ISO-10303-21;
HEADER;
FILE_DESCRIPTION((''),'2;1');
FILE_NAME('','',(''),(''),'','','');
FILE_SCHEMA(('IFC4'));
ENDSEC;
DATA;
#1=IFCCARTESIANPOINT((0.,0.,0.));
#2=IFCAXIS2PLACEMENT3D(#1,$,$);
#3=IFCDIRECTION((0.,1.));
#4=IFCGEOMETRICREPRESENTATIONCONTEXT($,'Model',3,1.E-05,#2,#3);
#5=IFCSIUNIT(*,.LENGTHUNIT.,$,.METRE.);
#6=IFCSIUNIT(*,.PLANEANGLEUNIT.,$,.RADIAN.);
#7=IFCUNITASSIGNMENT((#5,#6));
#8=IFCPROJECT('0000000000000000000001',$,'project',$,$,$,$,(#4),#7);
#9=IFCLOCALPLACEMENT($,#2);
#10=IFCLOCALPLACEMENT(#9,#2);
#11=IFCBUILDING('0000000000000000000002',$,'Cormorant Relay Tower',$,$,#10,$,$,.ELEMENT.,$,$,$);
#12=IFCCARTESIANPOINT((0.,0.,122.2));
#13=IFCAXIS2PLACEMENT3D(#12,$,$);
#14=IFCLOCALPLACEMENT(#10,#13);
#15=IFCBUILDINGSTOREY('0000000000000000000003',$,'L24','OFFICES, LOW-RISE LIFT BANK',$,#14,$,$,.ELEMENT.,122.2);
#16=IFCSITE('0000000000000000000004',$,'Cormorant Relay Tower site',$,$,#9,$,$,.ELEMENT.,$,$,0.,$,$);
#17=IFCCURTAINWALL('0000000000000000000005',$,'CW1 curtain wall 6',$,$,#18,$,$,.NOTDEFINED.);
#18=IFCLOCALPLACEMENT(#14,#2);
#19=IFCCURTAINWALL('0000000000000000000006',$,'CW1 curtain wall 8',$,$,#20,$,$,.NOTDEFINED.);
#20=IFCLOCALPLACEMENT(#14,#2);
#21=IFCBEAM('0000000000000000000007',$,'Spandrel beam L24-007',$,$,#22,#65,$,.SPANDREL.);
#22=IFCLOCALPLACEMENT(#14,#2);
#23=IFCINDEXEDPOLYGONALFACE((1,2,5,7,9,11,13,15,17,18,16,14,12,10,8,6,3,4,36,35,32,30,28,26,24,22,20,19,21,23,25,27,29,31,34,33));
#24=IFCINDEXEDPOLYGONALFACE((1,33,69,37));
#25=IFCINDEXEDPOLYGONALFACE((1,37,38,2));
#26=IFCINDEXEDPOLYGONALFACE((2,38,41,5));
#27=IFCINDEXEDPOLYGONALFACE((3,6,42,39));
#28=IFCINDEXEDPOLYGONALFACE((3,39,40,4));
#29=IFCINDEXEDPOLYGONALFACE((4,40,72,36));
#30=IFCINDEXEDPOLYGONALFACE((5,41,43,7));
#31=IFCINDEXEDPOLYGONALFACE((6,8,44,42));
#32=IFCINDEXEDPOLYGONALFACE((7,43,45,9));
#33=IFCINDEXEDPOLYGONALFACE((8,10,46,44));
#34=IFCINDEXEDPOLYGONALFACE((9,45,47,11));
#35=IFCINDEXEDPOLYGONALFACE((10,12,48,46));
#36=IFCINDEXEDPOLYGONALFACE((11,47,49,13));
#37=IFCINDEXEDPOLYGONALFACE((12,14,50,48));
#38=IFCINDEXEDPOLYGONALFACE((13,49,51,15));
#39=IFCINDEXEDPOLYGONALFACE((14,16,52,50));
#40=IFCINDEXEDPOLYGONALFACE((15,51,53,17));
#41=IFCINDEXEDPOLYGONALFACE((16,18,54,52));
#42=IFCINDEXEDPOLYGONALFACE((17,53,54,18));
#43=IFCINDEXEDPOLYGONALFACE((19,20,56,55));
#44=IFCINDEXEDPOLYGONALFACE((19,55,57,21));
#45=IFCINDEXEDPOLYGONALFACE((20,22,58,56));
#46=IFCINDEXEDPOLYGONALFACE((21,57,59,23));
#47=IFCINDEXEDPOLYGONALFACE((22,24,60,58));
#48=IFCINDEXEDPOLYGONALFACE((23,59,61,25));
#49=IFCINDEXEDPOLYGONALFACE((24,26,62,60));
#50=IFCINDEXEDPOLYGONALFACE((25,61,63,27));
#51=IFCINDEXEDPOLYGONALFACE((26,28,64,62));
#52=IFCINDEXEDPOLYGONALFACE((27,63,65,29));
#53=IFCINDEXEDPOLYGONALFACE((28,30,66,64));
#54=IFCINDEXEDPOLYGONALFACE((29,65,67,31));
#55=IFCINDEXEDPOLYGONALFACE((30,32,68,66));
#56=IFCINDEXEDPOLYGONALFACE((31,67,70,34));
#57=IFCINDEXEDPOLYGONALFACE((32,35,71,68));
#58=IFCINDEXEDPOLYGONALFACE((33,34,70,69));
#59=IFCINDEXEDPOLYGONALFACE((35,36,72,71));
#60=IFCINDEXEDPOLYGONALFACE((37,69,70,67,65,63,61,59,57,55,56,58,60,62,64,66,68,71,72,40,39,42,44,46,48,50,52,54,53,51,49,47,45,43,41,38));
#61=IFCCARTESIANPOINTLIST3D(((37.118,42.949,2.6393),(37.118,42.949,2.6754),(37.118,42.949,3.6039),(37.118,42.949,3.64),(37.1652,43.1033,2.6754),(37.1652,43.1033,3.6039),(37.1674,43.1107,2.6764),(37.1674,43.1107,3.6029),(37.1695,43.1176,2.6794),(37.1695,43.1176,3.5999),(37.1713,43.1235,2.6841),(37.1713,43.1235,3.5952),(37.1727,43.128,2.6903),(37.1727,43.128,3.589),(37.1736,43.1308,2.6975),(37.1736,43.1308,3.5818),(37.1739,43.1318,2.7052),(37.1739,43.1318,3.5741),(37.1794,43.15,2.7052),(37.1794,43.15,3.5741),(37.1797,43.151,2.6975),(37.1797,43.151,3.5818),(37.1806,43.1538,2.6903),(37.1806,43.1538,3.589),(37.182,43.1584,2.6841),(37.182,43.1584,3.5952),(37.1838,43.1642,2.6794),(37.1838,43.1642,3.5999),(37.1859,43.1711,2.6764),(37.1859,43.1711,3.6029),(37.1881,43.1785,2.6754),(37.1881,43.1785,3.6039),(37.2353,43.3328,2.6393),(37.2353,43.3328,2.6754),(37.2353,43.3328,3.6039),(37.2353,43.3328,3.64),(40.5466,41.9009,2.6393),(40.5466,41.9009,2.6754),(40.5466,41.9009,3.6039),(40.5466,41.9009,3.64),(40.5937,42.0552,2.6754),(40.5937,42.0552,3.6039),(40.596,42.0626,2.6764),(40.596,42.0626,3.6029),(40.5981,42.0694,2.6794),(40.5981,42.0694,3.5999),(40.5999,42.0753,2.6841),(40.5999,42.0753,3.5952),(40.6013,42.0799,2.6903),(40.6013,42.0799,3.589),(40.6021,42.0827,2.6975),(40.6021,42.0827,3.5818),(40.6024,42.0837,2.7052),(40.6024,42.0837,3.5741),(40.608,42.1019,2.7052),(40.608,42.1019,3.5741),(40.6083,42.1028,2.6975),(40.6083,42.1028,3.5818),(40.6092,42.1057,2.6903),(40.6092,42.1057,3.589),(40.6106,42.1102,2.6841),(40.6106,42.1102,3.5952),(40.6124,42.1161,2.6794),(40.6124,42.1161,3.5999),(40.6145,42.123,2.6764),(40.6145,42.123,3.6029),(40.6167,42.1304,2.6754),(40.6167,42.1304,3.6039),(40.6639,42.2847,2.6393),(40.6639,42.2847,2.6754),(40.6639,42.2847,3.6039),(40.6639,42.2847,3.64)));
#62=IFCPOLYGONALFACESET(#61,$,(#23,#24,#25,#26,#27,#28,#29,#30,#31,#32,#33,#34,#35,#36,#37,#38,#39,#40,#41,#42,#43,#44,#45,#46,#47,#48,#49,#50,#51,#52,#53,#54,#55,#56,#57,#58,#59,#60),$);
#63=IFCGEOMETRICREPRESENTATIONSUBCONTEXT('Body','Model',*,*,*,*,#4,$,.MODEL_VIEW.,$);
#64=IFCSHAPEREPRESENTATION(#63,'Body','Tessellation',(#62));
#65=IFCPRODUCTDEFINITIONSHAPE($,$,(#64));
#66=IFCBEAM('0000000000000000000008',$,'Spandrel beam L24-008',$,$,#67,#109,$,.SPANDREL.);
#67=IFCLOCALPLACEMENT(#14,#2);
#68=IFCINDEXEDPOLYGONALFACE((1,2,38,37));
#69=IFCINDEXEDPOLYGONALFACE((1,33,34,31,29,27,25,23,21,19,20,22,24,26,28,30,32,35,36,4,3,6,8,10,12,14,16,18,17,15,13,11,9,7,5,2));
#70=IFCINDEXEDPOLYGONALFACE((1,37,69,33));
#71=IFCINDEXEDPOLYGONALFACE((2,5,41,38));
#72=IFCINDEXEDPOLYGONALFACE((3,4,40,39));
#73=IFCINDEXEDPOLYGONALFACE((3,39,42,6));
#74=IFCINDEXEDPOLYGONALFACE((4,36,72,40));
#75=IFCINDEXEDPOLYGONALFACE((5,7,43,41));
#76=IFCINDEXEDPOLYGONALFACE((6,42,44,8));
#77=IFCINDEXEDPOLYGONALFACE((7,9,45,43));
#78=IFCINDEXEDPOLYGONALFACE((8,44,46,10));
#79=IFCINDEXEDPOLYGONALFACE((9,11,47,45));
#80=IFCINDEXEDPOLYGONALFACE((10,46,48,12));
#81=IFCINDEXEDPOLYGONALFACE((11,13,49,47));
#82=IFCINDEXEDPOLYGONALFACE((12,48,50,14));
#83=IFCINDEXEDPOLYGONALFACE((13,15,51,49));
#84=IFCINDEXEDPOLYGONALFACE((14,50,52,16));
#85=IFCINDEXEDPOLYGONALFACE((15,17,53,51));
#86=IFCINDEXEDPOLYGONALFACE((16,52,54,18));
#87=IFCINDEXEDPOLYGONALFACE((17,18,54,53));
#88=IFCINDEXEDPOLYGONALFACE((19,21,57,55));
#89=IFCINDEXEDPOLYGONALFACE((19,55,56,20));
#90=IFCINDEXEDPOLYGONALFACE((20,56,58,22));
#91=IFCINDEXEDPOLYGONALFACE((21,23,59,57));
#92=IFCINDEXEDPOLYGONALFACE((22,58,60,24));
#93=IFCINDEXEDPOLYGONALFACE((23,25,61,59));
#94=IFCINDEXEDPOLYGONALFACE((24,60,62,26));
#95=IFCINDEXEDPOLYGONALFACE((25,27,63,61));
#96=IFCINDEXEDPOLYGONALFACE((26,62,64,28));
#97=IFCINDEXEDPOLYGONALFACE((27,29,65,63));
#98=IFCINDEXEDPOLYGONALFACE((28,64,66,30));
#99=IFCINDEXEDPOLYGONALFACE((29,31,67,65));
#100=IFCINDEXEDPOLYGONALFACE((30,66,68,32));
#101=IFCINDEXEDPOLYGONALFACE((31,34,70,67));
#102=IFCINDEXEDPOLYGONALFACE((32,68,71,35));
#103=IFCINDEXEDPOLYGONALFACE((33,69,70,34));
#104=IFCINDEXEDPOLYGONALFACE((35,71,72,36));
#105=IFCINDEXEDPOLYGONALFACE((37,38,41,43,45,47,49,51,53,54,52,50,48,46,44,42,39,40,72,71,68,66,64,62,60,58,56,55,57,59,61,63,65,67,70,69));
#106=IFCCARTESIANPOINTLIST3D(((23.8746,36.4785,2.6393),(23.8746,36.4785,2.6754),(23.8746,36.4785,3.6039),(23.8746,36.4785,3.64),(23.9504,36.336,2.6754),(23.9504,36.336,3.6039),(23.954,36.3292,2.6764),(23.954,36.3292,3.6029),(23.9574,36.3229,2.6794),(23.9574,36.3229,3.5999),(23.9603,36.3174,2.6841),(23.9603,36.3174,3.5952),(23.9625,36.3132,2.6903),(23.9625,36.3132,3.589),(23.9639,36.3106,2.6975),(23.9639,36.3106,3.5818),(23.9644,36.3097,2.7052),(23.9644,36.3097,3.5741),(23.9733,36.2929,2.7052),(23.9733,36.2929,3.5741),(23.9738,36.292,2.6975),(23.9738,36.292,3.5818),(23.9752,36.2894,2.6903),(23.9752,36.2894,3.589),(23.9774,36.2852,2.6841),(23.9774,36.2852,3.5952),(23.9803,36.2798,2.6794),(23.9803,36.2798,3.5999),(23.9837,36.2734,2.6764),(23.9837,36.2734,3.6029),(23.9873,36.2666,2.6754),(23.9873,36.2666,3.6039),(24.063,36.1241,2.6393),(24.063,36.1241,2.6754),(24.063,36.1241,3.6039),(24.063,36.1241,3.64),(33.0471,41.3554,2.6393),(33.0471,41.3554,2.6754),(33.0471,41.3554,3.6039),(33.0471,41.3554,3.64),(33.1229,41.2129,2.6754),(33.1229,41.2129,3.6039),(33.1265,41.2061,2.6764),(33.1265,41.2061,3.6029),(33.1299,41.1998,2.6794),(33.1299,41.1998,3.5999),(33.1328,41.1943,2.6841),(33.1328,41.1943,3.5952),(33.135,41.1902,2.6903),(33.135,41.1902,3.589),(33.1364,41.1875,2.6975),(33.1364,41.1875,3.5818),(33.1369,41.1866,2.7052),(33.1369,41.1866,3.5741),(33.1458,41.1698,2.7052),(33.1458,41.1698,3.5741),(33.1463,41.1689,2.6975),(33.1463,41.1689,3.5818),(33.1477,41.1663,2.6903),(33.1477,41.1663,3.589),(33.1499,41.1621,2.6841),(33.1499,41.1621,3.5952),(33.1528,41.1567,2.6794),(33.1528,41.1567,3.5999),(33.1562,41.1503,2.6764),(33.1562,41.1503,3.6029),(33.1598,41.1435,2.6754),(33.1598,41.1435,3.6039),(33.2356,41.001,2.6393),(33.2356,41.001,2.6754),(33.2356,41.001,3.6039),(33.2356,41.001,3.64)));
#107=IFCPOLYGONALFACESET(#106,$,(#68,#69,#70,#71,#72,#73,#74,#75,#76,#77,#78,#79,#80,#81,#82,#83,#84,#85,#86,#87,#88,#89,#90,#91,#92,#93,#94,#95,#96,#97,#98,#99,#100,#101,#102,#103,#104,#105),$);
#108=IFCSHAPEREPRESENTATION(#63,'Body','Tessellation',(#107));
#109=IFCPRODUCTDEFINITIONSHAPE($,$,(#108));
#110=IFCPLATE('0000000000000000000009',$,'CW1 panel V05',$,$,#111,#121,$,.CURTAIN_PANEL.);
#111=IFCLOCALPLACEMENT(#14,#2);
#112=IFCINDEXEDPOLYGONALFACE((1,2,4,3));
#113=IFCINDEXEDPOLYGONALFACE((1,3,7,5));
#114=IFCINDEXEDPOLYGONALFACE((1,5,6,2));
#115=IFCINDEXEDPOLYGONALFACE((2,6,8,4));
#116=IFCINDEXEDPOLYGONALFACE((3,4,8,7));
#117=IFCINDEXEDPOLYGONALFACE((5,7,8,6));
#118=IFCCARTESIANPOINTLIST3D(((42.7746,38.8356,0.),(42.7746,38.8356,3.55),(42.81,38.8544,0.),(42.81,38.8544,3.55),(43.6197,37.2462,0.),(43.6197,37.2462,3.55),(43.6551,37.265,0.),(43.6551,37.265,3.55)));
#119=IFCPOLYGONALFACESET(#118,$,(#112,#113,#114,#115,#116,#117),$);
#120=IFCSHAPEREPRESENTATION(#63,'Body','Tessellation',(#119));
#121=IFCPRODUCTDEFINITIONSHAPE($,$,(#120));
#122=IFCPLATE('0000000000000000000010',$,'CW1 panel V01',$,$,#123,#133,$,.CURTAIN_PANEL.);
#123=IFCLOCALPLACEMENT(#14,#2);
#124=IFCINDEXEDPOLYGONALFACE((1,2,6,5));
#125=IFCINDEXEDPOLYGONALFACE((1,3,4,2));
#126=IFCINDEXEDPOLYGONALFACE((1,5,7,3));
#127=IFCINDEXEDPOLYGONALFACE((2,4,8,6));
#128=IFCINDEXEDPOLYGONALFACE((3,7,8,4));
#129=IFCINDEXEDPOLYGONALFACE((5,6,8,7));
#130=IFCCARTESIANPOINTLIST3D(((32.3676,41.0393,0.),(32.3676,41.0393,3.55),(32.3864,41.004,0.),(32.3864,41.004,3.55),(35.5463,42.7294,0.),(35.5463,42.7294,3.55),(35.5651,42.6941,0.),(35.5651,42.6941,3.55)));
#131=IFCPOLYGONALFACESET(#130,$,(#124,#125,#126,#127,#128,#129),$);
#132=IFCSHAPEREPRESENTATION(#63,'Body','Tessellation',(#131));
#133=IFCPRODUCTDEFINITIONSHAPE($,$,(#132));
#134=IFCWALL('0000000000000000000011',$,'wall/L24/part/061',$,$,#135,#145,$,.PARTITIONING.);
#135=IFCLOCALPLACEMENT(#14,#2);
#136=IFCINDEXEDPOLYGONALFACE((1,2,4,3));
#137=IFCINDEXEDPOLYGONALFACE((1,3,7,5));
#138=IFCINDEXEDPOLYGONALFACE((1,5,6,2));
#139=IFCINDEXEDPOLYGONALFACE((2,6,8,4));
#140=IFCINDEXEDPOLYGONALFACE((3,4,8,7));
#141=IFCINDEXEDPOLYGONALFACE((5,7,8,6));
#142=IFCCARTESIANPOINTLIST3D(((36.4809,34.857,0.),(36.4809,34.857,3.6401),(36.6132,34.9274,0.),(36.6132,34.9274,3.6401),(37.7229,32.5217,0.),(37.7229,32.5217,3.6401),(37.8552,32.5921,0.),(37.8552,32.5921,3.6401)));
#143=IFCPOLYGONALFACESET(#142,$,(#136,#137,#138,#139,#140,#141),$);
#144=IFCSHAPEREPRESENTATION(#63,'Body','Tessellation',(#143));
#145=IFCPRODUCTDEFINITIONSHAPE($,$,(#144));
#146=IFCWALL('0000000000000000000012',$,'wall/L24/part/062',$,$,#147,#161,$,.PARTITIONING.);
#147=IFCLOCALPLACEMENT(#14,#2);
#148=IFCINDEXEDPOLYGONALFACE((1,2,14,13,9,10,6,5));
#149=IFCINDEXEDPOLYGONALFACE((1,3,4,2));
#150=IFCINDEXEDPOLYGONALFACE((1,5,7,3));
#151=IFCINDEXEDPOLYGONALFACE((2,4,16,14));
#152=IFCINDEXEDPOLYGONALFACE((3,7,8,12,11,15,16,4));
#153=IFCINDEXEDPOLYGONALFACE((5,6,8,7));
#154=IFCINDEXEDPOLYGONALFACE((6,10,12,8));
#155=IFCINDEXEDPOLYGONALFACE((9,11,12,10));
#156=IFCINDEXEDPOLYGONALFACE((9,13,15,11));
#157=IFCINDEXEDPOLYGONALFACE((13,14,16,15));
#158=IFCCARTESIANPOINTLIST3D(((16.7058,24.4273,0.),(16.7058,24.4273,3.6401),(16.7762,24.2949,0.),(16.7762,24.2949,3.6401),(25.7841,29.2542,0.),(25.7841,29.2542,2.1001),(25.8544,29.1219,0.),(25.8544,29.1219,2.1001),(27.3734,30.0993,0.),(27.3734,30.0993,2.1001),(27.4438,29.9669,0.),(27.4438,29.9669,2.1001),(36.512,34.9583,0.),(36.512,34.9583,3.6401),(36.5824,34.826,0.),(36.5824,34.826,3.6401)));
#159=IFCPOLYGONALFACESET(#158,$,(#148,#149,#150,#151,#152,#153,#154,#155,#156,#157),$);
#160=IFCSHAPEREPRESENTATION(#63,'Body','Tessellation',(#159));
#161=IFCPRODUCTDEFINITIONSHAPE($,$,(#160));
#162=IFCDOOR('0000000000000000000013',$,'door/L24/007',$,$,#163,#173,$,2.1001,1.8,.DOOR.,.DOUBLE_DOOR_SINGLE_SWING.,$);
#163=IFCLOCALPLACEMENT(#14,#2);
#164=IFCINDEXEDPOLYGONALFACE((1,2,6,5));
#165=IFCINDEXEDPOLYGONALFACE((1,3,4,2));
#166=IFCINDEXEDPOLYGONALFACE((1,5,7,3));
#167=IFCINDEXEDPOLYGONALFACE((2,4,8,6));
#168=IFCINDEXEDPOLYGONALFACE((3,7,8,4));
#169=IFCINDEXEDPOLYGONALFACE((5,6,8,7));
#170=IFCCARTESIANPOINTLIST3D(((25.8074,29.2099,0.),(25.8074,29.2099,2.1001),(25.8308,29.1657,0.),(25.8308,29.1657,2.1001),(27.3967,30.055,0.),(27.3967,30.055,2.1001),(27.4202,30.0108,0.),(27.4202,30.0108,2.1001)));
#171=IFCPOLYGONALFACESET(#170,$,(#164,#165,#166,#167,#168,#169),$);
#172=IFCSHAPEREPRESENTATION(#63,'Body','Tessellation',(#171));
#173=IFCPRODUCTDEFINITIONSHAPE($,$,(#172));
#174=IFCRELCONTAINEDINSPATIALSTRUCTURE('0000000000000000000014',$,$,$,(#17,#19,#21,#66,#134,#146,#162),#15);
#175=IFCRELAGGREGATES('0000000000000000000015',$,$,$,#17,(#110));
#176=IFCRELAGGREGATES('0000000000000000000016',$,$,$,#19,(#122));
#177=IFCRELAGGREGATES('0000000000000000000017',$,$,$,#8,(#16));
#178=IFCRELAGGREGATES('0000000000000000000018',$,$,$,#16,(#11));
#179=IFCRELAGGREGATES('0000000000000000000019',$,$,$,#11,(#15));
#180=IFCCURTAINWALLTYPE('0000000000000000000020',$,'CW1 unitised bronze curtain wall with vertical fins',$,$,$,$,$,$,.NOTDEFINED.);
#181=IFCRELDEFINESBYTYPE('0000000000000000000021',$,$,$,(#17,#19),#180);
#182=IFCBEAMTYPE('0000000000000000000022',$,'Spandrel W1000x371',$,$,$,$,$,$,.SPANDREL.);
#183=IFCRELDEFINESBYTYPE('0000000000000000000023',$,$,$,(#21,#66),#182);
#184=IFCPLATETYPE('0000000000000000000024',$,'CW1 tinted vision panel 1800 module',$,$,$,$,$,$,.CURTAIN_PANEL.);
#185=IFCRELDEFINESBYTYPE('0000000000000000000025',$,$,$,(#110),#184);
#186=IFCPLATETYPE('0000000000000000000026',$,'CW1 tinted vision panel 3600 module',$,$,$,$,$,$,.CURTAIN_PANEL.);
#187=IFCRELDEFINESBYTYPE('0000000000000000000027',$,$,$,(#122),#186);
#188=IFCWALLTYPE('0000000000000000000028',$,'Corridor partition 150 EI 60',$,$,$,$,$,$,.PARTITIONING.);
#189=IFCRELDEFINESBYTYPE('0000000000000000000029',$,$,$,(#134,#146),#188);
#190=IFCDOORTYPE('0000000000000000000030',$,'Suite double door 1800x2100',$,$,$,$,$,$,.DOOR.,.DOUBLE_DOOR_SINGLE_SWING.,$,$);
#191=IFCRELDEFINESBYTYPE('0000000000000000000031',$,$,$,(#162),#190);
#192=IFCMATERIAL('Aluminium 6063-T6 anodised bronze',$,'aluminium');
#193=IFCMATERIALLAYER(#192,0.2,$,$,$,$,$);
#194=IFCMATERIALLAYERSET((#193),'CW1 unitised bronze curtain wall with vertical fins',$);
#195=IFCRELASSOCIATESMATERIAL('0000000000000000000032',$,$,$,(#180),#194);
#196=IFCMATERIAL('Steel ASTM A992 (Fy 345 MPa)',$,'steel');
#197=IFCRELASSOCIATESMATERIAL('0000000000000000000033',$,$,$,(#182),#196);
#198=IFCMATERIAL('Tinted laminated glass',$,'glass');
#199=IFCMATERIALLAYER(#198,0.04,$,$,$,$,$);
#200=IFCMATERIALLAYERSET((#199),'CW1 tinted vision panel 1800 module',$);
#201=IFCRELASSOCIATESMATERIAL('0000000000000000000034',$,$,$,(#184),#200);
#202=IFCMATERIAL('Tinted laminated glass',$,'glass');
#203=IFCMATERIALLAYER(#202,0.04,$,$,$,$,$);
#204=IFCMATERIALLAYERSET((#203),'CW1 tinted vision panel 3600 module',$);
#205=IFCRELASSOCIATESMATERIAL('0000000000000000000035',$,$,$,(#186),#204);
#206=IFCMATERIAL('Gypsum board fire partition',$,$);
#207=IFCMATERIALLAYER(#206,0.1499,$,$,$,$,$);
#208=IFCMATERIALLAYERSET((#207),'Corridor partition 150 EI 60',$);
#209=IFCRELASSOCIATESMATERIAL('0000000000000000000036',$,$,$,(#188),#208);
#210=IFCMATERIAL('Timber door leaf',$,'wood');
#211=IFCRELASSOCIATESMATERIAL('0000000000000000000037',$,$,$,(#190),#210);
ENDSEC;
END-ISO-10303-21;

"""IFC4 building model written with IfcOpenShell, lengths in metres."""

from ifc_helpers import new_model, si_unit, direction, frame, frame_2d, origin, origin_2d, place, context, subcontext, project, spatial, rectangle, i_section, extrude, material, layer, layer_set, material_profile, profile_set, type_object, element, fill, aggregate, save


model = new_model("IFC4")

# Units and contexts
model_context = context("Model", 3, precision=1e-05, world=origin(), true_north=direction((0.0, 1.0)))
body_context = subcontext(model_context, "Body", "Model", "MODEL_VIEW")
ifc_project = project(units=[si_unit("LENGTHUNIT", "METRE"), si_unit("PLANEANGLEUNIT", "RADIAN")], contexts=[model_context])

# Site, building, storey
site_placement = place(None, origin())
site = spatial("IfcSite", under=ifc_project, at=site_placement, Name="Cormorant Relay Tower site", CompositionType="ELEMENT", RefElevation=0.0)
building_placement = place(site_placement, origin())
building = spatial("IfcBuilding", under=site, at=building_placement, Name="Cormorant Relay Tower", CompositionType="ELEMENT")
storey_placement = place(building_placement, frame((0.0, 0.0, 122.2)))
storey = spatial("IfcBuildingStorey", under=building, at=storey_placement, Name="L24", Description="OFFICES, LOW-RISE LIFT BANK", CompositionType="ELEMENT", Elevation=122.2)

# Curtain wall
ifc_material_1 = material(Name="Aluminium 6063-T6 anodised bronze", Category="aluminium")
ifc_layer_1 = layer(ifc_material_1, 0.2)
ifc_layer_set_1 = layer_set([ifc_layer_1], Name="CW1 unitised bronze curtain wall with vertical fins")
curtain_wall_type = type_object("IfcCurtainWallType", Name="CW1 unitised bronze curtain wall with vertical fins", PredefinedType="NOTDEFINED", material=ifc_layer_set_1)
curtain_wall_1_placement = place(storey_placement, origin())
curtain_wall_1 = element("IfcCurtainWall", 1, at=curtain_wall_1_placement, inside=storey, type_object=curtain_wall_type, Name="CW1 curtain wall 6", PredefinedType="NOTDEFINED")

# Curtain wall
curtain_wall_2_placement = place(storey_placement, origin())
curtain_wall_2 = element("IfcCurtainWall", 2, at=curtain_wall_2_placement, inside=storey, type_object=curtain_wall_type, Name="CW1 curtain wall 8", PredefinedType="NOTDEFINED")

# Beams
ifc_material_2 = material(Name="Steel ASTM A992 (Fy 345 MPa)", Category="steel")
ifc_material_profile_1 = material_profile(ifc_material_2, i_section(OverallWidth=0.4014, OverallDepth=1.0007, WebThickness=0.019, FlangeThickness=0.0361, FilletRadius=0.0298, at=origin_2d()), Name="W1000x371")
ifc_profile_set_1 = profile_set([ifc_material_profile_1], Name="Steel ASTM A992 (Fy 345 MPa)")
beam_type = type_object("IfcBeamType", Name="Spandrel W1000x371", PredefinedType="SPANDREL", material=ifc_profile_set_1)
beam_1_placement = place(storey_placement, frame((40.6052, 42.0928, 3.1396), z_axis=(-0.956312, 0.292348, 0.0), x_axis=(-0.292348, -0.956312, 0.0)))
element("IfcBeam", 3, at=beam_1_placement, inside=storey, type_object=beam_type, Name="Spandrel beam L24-007", PredefinedType="SPANDREL", context=body_context, shape_type="SweptSolid", body=[
    extrude(i_section(OverallWidth=0.4014, OverallDepth=1.0007, WebThickness=0.019, FlangeThickness=0.0361, FilletRadius=0.0298, at=origin_2d()), origin(), (0.0, 0.0, 1.0), 3.5852),
])
beam_2_placement = place(storey_placement, frame((33.1414, 41.1782, 3.1396), z_axis=(-0.882956, -0.469456, 0.0), x_axis=(0.469456, -0.882956, 0.0)))
element("IfcBeam", 4, at=beam_2_placement, inside=storey, type_object=beam_type, Name="Spandrel beam L24-008", PredefinedType="SPANDREL", context=body_context, shape_type="SweptSolid", body=[
    extrude(i_section(OverallWidth=0.4014, OverallDepth=1.0007, WebThickness=0.019, FlangeThickness=0.0361, FilletRadius=0.0298, at=origin_2d()), origin(), (0.0, 0.0, 1.0), 10.3884),
])

# Plates
ifc_material_3 = material(Name="Tinted laminated glass", Category="glass")
ifc_layer_2 = layer(ifc_material_3, 0.04)
ifc_layer_set_2 = layer_set([ifc_layer_2], Name="CW1 tinted vision panel 1800 module")
plate_type_1 = type_object("IfcPlateType", Name="CW1 tinted vision panel 1800 module", PredefinedType="CURTAIN_PANEL", material=ifc_layer_set_2)
plate_1_placement = place(storey_placement, frame((43.2148, 38.0503, 0.0), z_axis=(0.0, 0.0, 1.0), x_axis=(-0.469472, 0.882948, 0.0)))
plate_1 = element("IfcPlate", 5, at=plate_1_placement, type_object=plate_type_1, Name="CW1 panel V05", PredefinedType="CURTAIN_PANEL", context=body_context, shape_type="SweptSolid", body=[
    extrude(rectangle(XDim=1.8, YDim=0.04, at=origin_2d()), origin(), (0.0, 0.0, 1.0), 3.55),
])
ifc_material_4 = material(Name="Tinted laminated glass", Category="glass")
ifc_layer_3 = layer(ifc_material_4, 0.04)
ifc_layer_set_3 = layer_set([ifc_layer_3], Name="CW1 tinted vision panel 3600 module")
plate_type_2 = type_object("IfcPlateType", Name="CW1 tinted vision panel 3600 module", PredefinedType="CURTAIN_PANEL", material=ifc_layer_set_3)
plate_2_placement = place(storey_placement, frame((33.9663, 41.8667, 0.0), z_axis=(0.0, 0.0, 1.0), x_axis=(-0.882948, -0.469472, 0.0)))
plate_2 = element("IfcPlate", 6, at=plate_2_placement, type_object=plate_type_2, Name="CW1 panel V01", PredefinedType="CURTAIN_PANEL", context=body_context, shape_type="SweptSolid", body=[
    extrude(rectangle(XDim=3.6001, YDim=0.04, at=origin_2d()), origin(), (0.0, 0.0, 1.0), 3.55),
])

# Wall
ifc_material_5 = material(Name="Gypsum board fire partition")
ifc_layer_4 = layer(ifc_material_5, 0.1499)
ifc_layer_set_4 = layer_set([ifc_layer_4], Name="Corridor partition 150 EI 60")
wall_type_1 = type_object("IfcWallType", Name="Corridor partition 150 EI 60", PredefinedType="PARTITIONING", material=ifc_layer_set_4)
wall_1_placement = place(storey_placement, frame((37.7891, 32.5569, 0.0), z_axis=(0.0, 0.0, 1.0), x_axis=(-0.469558, 0.882902, 0.0)))
element("IfcWall", 7, at=wall_1_placement, inside=storey, type_object=wall_type_1, Name="wall/L24/part/061", PredefinedType="PARTITIONING", context=body_context, shape_type="SweptSolid", body=[
    extrude(rectangle(XDim=2.645, YDim=0.1499, at=frame_2d((1.3225, 0.0))), origin(), (0.0, 0.0, 1.0), 3.6401),
])

# Wall, opening, door
wall_2_placement = place(storey_placement, frame((36.5471, 34.8921, 0.0), z_axis=(0.0, 0.0, 1.0), x_axis=(-0.88295, -0.469468, 0.0)))
wall_2 = element("IfcWall", 8, at=wall_2_placement, inside=storey, type_object=wall_type_1, Name="wall/L24/part/062", PredefinedType="PARTITIONING", context=body_context, shape_type="SweptSolid", body=[
    extrude(rectangle(XDim=22.4319, YDim=0.1499, at=frame_2d((11.2158, 0.0))), origin(), (0.0, 0.0, 1.0), 3.6401),
])
opening_1_placement = place(wall_2_placement, frame((10.3501, 0.0, 0.0)))
opening_1 = element("IfcOpeningElement", 9, at=opening_1_placement, cuts=wall_2, PredefinedType="OPENING", context=body_context, shape_type="SweptSolid", body=[
    extrude(rectangle(XDim=1.8, YDim=2.1001, at=frame_2d((0.8999, 1.05))), frame((0.0, 0.085, 0.0), z_axis=(0.0, -1.0, 0.0), x_axis=(1.0, 0.0, 0.0)), (0.0, 0.0, 1.0), 0.1699),
])
ifc_material_6 = material(Name="Timber door leaf", Category="wood")
door_type = type_object("IfcDoorType", Name="Suite double door 1800x2100", OperationType="DOUBLE_DOOR_SINGLE_SWING", PredefinedType="DOOR", material=ifc_material_6)
door_1_placement = place(opening_1_placement, frame((1.8, 0.0, 0.0), z_axis=(0.0, 0.0, 1.0), x_axis=(-1.0, 0.0, 0.0)))
door_1 = element("IfcDoor", 10, at=door_1_placement, inside=storey, type_object=door_type, Name="door/L24/007", OperationType="DOUBLE_DOOR_SINGLE_SWING", OverallHeight=2.1001, OverallWidth=1.8, PredefinedType="DOOR", context=body_context, shape_type="SweptSolid", body=[
    extrude(rectangle(XDim=1.8, YDim=2.1001, at=frame_2d((0.8999, 1.05))), frame((0.0, 0.0249, 0.0), z_axis=(0.0, -1.0, 0.0), x_axis=(1.0, 0.0, 0.0)), (0.0, 0.0, 1.0), 0.05),
])
fill(opening_1, door_1)

aggregate(curtain_wall_1, [plate_1])
aggregate(curtain_wall_2, [plate_2])

save(model, "model.ifc")
